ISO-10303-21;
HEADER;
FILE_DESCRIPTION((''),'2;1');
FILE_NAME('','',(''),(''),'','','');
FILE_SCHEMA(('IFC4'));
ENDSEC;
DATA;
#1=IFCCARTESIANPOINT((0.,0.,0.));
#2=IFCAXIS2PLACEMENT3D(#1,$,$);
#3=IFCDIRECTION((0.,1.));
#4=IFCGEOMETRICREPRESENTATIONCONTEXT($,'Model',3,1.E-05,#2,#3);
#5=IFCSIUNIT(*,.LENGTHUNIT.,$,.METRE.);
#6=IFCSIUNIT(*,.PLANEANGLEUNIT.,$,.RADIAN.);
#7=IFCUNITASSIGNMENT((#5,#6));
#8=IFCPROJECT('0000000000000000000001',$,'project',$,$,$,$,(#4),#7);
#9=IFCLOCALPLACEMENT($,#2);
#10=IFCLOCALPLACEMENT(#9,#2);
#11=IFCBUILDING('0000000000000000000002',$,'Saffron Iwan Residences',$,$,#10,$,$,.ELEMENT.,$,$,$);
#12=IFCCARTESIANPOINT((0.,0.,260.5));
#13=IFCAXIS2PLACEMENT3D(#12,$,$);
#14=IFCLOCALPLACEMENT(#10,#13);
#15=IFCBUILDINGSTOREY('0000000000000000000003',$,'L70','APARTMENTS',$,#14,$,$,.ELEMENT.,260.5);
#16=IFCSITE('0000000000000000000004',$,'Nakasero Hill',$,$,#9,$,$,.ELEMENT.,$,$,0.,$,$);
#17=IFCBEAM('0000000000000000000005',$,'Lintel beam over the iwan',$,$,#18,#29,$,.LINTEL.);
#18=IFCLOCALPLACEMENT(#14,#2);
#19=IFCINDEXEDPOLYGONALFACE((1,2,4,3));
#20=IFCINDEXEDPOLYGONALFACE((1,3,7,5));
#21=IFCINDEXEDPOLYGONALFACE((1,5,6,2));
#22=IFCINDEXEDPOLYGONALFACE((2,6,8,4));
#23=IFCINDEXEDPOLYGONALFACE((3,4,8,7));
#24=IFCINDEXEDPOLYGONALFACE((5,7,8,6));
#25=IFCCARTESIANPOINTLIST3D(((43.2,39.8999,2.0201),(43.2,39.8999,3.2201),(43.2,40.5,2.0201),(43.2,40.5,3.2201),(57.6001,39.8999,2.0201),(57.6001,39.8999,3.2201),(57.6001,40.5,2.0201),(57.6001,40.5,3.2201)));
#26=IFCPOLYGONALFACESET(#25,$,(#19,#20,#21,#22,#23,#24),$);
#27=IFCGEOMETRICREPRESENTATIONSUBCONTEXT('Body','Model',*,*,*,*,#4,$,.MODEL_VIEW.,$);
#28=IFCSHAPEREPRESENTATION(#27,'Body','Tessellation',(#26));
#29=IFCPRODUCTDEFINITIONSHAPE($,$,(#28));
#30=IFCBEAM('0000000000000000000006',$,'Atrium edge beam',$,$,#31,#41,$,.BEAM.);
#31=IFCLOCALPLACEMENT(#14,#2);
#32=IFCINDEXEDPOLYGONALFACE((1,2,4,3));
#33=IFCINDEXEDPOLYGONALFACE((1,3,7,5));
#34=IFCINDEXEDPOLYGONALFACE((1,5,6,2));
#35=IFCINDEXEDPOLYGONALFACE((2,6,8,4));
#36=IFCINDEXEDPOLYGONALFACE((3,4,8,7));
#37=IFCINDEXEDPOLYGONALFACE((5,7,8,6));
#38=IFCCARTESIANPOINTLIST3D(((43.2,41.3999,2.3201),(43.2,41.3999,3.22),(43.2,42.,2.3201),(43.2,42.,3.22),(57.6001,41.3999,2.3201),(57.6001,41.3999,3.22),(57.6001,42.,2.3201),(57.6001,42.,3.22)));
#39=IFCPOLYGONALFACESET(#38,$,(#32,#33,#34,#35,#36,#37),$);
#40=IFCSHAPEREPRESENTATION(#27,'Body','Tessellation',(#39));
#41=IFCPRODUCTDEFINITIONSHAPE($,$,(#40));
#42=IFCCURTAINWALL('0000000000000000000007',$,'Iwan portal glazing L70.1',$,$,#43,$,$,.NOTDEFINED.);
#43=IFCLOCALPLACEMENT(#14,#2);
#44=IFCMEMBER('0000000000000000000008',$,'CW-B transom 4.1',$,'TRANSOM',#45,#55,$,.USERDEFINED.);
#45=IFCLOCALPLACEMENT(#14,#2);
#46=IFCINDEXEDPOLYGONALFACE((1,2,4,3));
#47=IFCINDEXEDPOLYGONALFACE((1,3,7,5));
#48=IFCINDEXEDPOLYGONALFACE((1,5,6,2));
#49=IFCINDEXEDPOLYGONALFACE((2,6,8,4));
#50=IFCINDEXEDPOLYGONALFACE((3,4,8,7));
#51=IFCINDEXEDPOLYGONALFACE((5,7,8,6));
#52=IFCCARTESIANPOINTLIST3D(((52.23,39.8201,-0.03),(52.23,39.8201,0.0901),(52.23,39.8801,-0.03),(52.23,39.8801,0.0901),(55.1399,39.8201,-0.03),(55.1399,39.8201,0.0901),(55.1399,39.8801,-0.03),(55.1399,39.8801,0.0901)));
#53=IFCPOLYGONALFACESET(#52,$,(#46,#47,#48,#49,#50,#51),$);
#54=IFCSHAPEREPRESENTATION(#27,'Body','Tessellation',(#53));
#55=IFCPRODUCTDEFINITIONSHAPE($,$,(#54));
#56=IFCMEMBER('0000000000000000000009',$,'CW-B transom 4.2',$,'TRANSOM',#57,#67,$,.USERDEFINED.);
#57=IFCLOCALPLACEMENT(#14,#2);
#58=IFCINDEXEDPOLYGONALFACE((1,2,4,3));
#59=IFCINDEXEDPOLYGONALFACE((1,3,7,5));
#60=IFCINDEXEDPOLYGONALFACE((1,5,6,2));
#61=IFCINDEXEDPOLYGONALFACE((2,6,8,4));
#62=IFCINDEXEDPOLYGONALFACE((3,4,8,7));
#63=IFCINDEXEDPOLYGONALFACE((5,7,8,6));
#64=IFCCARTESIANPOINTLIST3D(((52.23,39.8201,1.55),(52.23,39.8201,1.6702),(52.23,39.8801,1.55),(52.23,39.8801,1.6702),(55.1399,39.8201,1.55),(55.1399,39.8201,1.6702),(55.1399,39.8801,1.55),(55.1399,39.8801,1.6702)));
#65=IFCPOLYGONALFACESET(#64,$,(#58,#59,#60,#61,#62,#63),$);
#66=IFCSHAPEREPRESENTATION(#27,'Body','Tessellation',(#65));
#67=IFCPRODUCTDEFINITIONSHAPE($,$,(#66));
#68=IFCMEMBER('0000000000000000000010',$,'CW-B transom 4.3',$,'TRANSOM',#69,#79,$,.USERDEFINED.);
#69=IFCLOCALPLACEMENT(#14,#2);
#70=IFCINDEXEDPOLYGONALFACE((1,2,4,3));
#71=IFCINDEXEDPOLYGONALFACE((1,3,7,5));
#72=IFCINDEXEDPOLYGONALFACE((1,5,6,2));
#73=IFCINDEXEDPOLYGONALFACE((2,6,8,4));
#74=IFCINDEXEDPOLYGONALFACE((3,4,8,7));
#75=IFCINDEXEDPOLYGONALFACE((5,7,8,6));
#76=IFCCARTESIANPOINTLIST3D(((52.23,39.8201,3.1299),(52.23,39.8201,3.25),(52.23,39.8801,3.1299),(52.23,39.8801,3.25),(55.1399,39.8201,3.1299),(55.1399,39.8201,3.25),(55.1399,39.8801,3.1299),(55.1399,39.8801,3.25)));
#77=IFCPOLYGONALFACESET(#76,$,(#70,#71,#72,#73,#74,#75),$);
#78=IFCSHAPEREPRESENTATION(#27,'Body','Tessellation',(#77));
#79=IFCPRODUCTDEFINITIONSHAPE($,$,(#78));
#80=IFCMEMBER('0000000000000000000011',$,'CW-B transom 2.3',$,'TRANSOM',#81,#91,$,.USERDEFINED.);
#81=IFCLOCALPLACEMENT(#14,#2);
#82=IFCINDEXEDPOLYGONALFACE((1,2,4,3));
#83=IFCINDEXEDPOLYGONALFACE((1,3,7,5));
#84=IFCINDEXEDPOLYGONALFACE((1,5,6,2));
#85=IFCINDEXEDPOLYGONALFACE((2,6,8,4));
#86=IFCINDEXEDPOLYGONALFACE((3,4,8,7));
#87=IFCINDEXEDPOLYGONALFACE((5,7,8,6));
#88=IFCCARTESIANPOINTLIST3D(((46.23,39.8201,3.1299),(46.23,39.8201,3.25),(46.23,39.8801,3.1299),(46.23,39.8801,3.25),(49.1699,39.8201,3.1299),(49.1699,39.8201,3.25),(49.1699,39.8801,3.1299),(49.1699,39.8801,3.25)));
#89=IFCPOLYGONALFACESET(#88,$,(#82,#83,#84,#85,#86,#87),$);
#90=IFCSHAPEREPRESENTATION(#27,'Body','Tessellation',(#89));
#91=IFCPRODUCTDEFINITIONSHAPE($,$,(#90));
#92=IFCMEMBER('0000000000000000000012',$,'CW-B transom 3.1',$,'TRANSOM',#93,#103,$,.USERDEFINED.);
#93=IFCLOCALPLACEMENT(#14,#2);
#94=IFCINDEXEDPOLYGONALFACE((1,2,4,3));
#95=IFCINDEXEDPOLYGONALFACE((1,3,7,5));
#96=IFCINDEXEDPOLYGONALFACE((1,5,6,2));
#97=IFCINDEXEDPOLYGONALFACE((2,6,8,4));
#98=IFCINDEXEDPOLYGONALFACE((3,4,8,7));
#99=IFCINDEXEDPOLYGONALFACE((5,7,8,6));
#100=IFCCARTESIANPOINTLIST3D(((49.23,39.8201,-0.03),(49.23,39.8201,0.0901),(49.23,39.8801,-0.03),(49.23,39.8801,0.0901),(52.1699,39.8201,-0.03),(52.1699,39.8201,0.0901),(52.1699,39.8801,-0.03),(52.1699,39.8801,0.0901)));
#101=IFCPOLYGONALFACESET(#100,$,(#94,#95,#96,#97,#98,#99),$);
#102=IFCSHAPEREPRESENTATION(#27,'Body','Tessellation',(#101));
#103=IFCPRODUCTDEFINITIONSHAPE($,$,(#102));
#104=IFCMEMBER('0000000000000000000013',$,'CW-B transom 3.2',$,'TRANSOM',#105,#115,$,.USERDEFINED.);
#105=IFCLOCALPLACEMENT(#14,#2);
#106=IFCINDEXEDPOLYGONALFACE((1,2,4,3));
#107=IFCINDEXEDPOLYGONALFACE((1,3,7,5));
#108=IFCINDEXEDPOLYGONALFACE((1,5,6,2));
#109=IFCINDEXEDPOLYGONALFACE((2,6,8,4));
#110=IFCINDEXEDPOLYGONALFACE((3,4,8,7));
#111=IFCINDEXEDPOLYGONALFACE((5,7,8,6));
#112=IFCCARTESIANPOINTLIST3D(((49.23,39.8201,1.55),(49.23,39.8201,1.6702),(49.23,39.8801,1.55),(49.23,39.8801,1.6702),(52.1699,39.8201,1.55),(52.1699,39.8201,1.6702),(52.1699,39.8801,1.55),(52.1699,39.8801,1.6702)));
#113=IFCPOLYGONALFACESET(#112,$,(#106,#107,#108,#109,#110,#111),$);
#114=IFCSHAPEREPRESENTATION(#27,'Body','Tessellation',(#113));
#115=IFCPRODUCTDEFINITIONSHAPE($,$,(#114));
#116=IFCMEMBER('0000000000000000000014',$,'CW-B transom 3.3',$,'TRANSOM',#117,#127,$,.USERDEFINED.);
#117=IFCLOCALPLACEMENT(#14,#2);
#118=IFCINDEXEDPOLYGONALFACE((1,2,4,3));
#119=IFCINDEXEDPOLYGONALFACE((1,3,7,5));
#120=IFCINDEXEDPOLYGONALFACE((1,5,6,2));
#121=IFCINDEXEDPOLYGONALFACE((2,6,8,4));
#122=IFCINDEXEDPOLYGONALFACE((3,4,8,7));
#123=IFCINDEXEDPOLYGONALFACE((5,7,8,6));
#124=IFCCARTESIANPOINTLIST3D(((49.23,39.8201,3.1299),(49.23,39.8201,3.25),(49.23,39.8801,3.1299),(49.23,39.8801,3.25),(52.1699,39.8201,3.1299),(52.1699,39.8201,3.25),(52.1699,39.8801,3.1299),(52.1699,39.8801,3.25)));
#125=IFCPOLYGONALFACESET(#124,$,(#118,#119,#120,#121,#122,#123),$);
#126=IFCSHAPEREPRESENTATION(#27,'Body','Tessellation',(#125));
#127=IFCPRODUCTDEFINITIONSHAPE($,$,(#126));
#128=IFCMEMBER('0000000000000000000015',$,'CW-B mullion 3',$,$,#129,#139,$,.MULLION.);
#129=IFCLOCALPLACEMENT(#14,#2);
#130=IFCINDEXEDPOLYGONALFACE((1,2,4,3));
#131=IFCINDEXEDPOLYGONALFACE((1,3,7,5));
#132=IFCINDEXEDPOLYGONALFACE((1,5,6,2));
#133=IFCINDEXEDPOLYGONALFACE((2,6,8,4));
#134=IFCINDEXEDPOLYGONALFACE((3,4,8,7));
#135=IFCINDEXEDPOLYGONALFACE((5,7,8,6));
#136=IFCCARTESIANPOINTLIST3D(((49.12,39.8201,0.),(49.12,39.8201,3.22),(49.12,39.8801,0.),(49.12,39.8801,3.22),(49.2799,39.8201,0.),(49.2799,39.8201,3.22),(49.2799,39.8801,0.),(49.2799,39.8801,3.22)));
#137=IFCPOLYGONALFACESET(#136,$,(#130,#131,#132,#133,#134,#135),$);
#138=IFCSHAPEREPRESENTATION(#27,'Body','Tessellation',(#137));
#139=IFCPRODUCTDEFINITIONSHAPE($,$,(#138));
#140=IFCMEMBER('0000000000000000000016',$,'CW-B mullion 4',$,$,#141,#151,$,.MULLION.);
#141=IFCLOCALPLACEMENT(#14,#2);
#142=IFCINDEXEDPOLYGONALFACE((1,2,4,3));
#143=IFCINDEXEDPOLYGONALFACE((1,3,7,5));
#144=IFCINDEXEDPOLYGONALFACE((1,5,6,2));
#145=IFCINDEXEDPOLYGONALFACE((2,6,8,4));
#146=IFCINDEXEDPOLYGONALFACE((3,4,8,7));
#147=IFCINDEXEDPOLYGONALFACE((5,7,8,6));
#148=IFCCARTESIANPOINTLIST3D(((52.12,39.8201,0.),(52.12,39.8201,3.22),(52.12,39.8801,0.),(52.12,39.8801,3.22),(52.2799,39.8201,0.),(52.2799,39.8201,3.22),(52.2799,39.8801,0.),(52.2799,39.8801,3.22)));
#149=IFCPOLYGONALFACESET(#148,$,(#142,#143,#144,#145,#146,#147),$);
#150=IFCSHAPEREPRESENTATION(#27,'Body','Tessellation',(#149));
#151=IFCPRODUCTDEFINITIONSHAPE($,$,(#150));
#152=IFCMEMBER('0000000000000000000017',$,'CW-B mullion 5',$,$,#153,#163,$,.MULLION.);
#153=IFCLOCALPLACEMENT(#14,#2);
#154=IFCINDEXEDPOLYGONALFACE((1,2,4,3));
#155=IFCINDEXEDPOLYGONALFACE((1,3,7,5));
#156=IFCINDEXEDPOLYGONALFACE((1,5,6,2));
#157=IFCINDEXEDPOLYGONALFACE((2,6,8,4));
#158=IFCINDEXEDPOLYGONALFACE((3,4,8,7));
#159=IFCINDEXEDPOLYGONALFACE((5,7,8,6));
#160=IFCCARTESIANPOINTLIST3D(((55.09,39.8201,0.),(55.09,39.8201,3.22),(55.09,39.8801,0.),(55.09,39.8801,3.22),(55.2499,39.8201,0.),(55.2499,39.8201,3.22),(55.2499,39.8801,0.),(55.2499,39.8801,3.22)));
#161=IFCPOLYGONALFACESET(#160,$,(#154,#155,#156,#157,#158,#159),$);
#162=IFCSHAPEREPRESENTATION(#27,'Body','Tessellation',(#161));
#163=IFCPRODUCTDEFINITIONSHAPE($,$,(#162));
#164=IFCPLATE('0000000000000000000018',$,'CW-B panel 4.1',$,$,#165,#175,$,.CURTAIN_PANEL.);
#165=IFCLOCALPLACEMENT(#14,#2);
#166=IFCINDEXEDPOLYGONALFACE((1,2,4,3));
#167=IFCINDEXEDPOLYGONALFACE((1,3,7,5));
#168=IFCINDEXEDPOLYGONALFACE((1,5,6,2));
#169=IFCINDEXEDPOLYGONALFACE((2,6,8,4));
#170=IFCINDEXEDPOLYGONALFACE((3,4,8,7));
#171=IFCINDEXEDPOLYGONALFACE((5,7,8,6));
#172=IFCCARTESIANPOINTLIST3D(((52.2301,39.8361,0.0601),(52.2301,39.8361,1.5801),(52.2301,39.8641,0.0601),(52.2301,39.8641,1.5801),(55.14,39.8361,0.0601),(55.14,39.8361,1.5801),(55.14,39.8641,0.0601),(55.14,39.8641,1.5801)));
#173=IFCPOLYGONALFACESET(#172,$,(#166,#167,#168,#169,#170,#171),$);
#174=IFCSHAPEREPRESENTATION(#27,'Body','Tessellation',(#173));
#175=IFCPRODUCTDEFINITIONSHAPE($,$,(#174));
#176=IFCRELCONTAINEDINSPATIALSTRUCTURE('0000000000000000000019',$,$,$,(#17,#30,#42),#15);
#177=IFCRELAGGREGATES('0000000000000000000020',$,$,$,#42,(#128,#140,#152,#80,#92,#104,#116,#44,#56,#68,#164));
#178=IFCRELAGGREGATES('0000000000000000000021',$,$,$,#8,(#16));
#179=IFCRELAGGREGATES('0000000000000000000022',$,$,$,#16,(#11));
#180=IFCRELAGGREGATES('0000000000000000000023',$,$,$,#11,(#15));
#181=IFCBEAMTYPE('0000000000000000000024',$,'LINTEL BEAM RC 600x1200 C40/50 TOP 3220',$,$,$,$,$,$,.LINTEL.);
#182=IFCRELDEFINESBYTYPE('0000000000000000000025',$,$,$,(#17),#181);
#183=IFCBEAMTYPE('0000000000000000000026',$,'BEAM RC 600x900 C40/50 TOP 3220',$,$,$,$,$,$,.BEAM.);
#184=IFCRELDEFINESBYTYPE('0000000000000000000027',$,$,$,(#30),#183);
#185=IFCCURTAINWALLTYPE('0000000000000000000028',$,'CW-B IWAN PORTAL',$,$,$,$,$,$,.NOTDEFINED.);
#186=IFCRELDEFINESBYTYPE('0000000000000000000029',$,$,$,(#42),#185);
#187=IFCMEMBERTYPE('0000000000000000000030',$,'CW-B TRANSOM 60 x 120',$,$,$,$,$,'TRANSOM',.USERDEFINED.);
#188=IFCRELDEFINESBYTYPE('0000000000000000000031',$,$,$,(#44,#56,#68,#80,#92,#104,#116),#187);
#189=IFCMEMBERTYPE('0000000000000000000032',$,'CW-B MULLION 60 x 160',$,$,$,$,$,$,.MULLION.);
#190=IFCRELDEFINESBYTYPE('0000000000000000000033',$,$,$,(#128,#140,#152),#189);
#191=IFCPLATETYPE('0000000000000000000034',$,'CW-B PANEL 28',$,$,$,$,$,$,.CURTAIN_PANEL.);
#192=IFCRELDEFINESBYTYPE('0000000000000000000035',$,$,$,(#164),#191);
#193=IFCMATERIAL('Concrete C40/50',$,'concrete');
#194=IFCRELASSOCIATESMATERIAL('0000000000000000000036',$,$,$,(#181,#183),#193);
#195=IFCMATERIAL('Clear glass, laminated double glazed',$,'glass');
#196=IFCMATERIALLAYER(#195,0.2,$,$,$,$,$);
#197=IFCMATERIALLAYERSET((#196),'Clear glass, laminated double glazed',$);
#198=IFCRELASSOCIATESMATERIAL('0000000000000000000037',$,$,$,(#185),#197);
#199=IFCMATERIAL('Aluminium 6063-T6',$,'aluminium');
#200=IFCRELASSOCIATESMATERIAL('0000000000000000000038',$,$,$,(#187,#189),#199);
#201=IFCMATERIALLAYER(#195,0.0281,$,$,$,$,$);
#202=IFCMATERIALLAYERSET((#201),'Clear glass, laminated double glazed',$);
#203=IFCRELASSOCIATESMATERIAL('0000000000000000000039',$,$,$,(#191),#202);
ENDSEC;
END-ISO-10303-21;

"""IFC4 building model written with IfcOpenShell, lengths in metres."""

from ifc_helpers import new_model, si_unit, direction, frame, origin, origin_2d, place, context, subcontext, project, spatial, rectangle, extrude, source, transform, mapped, material, layer, layer_set, material_profile, profile_set, type_object, element, aggregate, save


model = new_model("IFC4")

# Units and contexts
model_context = context("Model", 3, precision=1e-05, world=origin(), true_north=direction((0.0, 1.0)))
body_context = subcontext(model_context, "Body", "Model", "MODEL_VIEW")
ifc_project = project(units=[si_unit("LENGTHUNIT", "METRE"), si_unit("PLANEANGLEUNIT", "RADIAN")], contexts=[model_context])

# Site, building, storey
site_placement = place(None, origin())
site = spatial("IfcSite", under=ifc_project, at=site_placement, Name="Nakasero Hill", CompositionType="ELEMENT", RefElevation=0.0)
building_placement = place(site_placement, origin())
building = spatial("IfcBuilding", under=site, at=building_placement, Name="Saffron Iwan Residences", CompositionType="ELEMENT")
storey_placement = place(building_placement, frame((0.0, 0.0, 260.5)))
storey = spatial("IfcBuildingStorey", under=building, at=storey_placement, Name="L70", Description="APARTMENTS", CompositionType="ELEMENT", Elevation=260.5)

# Beams
ifc_material_1 = material(Name="Concrete C40/50", Category="concrete")
ifc_material_profile_1 = material_profile(ifc_material_1, rectangle(XDim=0.6001, YDim=1.2, at=origin_2d()), Name="RC 600x1200")
ifc_profile_set_1 = profile_set([ifc_material_profile_1], Name="Concrete C40/50")
beam_type_1 = type_object("IfcBeamType", Name="LINTEL BEAM RC 600x1200 C40/50 TOP 3220", PredefinedType="LINTEL", material=ifc_profile_set_1)
shared_shape_1 = source(origin(), body_context, "Body", "SweptSolid", [
    extrude(rectangle(XDim=0.6001, YDim=1.2, at=origin_2d()), origin(), (0.0, 0.0, 1.0), 14.4001),
])
beam_1_placement = place(storey_placement, frame((57.6001, 40.2, 2.6201), z_axis=(-1.0, 0.0, 0.0), x_axis=(0.0, -1.0, 0.0)))
element("IfcBeam", 1, at=beam_1_placement, inside=storey, type_object=beam_type_1, Name="Lintel beam over the iwan", PredefinedType="LINTEL", context=body_context, shape_type="MappedRepresentation", body=[
    mapped(shared_shape_1, transform((0.0, 0.0, 0.0))),
])
ifc_material_profile_2 = material_profile(ifc_material_1, rectangle(XDim=0.6001, YDim=0.8999, at=origin_2d()), Name="RC 600x900")
ifc_profile_set_2 = profile_set([ifc_material_profile_2], Name="Concrete C40/50")
beam_type_2 = type_object("IfcBeamType", Name="BEAM RC 600x900 C40/50 TOP 3220", PredefinedType="BEAM", material=ifc_profile_set_2)
shared_shape_2 = source(origin(), body_context, "Body", "SweptSolid", [
    extrude(rectangle(XDim=0.6001, YDim=0.8999, at=origin_2d()), origin(), (0.0, 0.0, 1.0), 14.4001),
])
beam_2_placement = place(storey_placement, frame((57.6001, 41.7, 2.77), z_axis=(-1.0, 0.0, 0.0), x_axis=(0.0, -1.0, 0.0)))
element("IfcBeam", 2, at=beam_2_placement, inside=storey, type_object=beam_type_2, Name="Atrium edge beam", PredefinedType="BEAM", context=body_context, shape_type="MappedRepresentation", body=[
    mapped(shared_shape_2, transform((0.0, 0.0, 0.0))),
])

# Curtain wall, members, plate
ifc_material_2 = material(Name="Clear glass, laminated double glazed", Category="glass")
ifc_layer_1 = layer(ifc_material_2, 0.2)
ifc_layer_set_1 = layer_set([ifc_layer_1], Name="Clear glass, laminated double glazed")
curtain_wall_type = type_object("IfcCurtainWallType", Name="CW-B IWAN PORTAL", PredefinedType="NOTDEFINED", material=ifc_layer_set_1)
curtain_wall_placement = place(storey_placement, origin())
curtain_wall = element("IfcCurtainWall", 3, at=curtain_wall_placement, inside=storey, type_object=curtain_wall_type, Name="Iwan portal glazing L70.1", PredefinedType="NOTDEFINED")
ifc_material_3 = material(Name="Aluminium 6063-T6", Category="aluminium")
ifc_material_profile_3 = material_profile(ifc_material_3, rectangle(XDim=0.0601, YDim=0.1201, at=origin_2d()), Name="CW-B TRANSOM 60 x 120")
ifc_profile_set_3 = profile_set([ifc_material_profile_3], Name="Aluminium 6063-T6")
member_type_1 = type_object("IfcMemberType", Name="CW-B TRANSOM 60 x 120", ElementType="TRANSOM", PredefinedType="USERDEFINED", material=ifc_profile_set_3)
shared_shape_3 = source(origin(), body_context, "Body", "SweptSolid", [
    extrude(rectangle(XDim=0.0601, YDim=0.1201, at=origin_2d()), origin(), (0.0, 0.0, 1.0), 2.9099),
])
member_1_placement = place(storey_placement, frame((52.23, 39.8501, 0.03), z_axis=(1.0, 0.0, 0.0), x_axis=(0.0, 1.0, 0.0)))
member_1 = element("IfcMember", 4, at=member_1_placement, type_object=member_type_1, Name="CW-B transom 4.1", ObjectType="TRANSOM", PredefinedType="USERDEFINED", context=body_context, shape_type="MappedRepresentation", body=[
    mapped(shared_shape_3, transform((0.0, 0.0, 0.0))),
])
member_2_placement = place(storey_placement, frame((52.23, 39.8501, 1.6101), z_axis=(1.0, 0.0, 0.0), x_axis=(0.0, 1.0, 0.0)))
member_2 = element("IfcMember", 5, at=member_2_placement, type_object=member_type_1, Name="CW-B transom 4.2", ObjectType="TRANSOM", PredefinedType="USERDEFINED", context=body_context, shape_type="MappedRepresentation", body=[
    mapped(shared_shape_3, transform((0.0, 0.0, 0.0))),
])
member_3_placement = place(storey_placement, frame((52.23, 39.8501, 3.1899), z_axis=(1.0, 0.0, 0.0), x_axis=(0.0, 1.0, 0.0)))
member_3 = element("IfcMember", 6, at=member_3_placement, type_object=member_type_1, Name="CW-B transom 4.3", ObjectType="TRANSOM", PredefinedType="USERDEFINED", context=body_context, shape_type="MappedRepresentation", body=[
    mapped(shared_shape_3, transform((0.0, 0.0, 0.0))),
])
shared_shape_4 = source(origin(), body_context, "Body", "SweptSolid", [
    extrude(rectangle(XDim=0.0601, YDim=0.1201, at=origin_2d()), origin(), (0.0, 0.0, 1.0), 2.9399),
])
member_4_placement = place(storey_placement, frame((46.23, 39.8501, 3.1899), z_axis=(1.0, 0.0, 0.0), x_axis=(0.0, 1.0, 0.0)))
member_4 = element("IfcMember", 7, at=member_4_placement, type_object=member_type_1, Name="CW-B transom 2.3", ObjectType="TRANSOM", PredefinedType="USERDEFINED", context=body_context, shape_type="MappedRepresentation", body=[
    mapped(shared_shape_4, transform((0.0, 0.0, 0.0))),
])
member_5_placement = place(storey_placement, frame((49.23, 39.8501, 0.03), z_axis=(1.0, 0.0, 0.0), x_axis=(0.0, 1.0, 0.0)))
member_5 = element("IfcMember", 8, at=member_5_placement, type_object=member_type_1, Name="CW-B transom 3.1", ObjectType="TRANSOM", PredefinedType="USERDEFINED", context=body_context, shape_type="MappedRepresentation", body=[
    mapped(shared_shape_4, transform((0.0, 0.0, 0.0))),
])
member_6_placement = place(storey_placement, frame((49.23, 39.8501, 1.6101), z_axis=(1.0, 0.0, 0.0), x_axis=(0.0, 1.0, 0.0)))
member_6 = element("IfcMember", 9, at=member_6_placement, type_object=member_type_1, Name="CW-B transom 3.2", ObjectType="TRANSOM", PredefinedType="USERDEFINED", context=body_context, shape_type="MappedRepresentation", body=[
    mapped(shared_shape_4, transform((0.0, 0.0, 0.0))),
])
member_7_placement = place(storey_placement, frame((49.23, 39.8501, 3.1899), z_axis=(1.0, 0.0, 0.0), x_axis=(0.0, 1.0, 0.0)))
member_7 = element("IfcMember", 10, at=member_7_placement, type_object=member_type_1, Name="CW-B transom 3.3", ObjectType="TRANSOM", PredefinedType="USERDEFINED", context=body_context, shape_type="MappedRepresentation", body=[
    mapped(shared_shape_4, transform((0.0, 0.0, 0.0))),
])
ifc_material_profile_4 = material_profile(ifc_material_3, rectangle(XDim=0.0601, YDim=0.1599, at=origin_2d()), Name="CW-B MULLION 60 x 160")
ifc_profile_set_4 = profile_set([ifc_material_profile_4], Name="Aluminium 6063-T6")
member_type_2 = type_object("IfcMemberType", Name="CW-B MULLION 60 x 160", PredefinedType="MULLION", material=ifc_profile_set_4)
shared_shape_5 = source(origin(), body_context, "Body", "SweptSolid", [
    extrude(rectangle(XDim=0.0601, YDim=0.1599, at=origin_2d()), origin(), (0.0, 0.0, 1.0), 3.22),
])
member_8_placement = place(storey_placement, frame((49.2, 39.8501, 0.0), z_axis=(0.0, 0.0, 1.0), x_axis=(0.0, 1.0, 0.0)))
member_8 = element("IfcMember", 11, at=member_8_placement, type_object=member_type_2, Name="CW-B mullion 3", PredefinedType="MULLION", context=body_context, shape_type="MappedRepresentation", body=[
    mapped(shared_shape_5, transform((0.0, 0.0, 0.0))),
])
member_9_placement = place(storey_placement, frame((52.2, 39.8501, 0.0), z_axis=(0.0, 0.0, 1.0), x_axis=(0.0, 1.0, 0.0)))
member_9 = element("IfcMember", 12, at=member_9_placement, type_object=member_type_2, Name="CW-B mullion 4", PredefinedType="MULLION", context=body_context, shape_type="MappedRepresentation", body=[
    mapped(shared_shape_5, transform((0.0, 0.0, 0.0))),
])
member_10_placement = place(storey_placement, frame((55.1699, 39.8501, 0.0), z_axis=(0.0, 0.0, 1.0), x_axis=(0.0, 1.0, 0.0)))
member_10 = element("IfcMember", 13, at=member_10_placement, type_object=member_type_2, Name="CW-B mullion 5", PredefinedType="MULLION", context=body_context, shape_type="MappedRepresentation", body=[
    mapped(shared_shape_5, transform((0.0, 0.0, 0.0))),
])
ifc_layer_2 = layer(ifc_material_2, 0.0281)
ifc_layer_set_2 = layer_set([ifc_layer_2], Name="Clear glass, laminated double glazed")
plate_type = type_object("IfcPlateType", Name="CW-B PANEL 28", PredefinedType="CURTAIN_PANEL", material=ifc_layer_set_2)
shared_shape_6 = source(origin(), body_context, "Body", "SweptSolid", [
    extrude(rectangle(XDim=2.9099, YDim=0.0281, at=origin_2d()), origin(), (0.0, 0.0, 1.0), 1.52),
])
plate_1_placement = place(storey_placement, frame((53.6851, 39.8501, 0.0601), z_axis=(0.0, 0.0, 1.0), x_axis=(1.0, 0.0, 0.0)))
plate_1 = element("IfcPlate", 14, at=plate_1_placement, type_object=plate_type, Name="CW-B panel 4.1", PredefinedType="CURTAIN_PANEL", context=body_context, shape_type="MappedRepresentation", body=[
    mapped(shared_shape_6, transform((0.0, 0.0, 0.0))),
])
aggregate(curtain_wall, [member_8, member_9, member_10, member_4, member_5, member_6, member_7, member_1, member_2, member_3, plate_1])

save(model, "model.ifc")
